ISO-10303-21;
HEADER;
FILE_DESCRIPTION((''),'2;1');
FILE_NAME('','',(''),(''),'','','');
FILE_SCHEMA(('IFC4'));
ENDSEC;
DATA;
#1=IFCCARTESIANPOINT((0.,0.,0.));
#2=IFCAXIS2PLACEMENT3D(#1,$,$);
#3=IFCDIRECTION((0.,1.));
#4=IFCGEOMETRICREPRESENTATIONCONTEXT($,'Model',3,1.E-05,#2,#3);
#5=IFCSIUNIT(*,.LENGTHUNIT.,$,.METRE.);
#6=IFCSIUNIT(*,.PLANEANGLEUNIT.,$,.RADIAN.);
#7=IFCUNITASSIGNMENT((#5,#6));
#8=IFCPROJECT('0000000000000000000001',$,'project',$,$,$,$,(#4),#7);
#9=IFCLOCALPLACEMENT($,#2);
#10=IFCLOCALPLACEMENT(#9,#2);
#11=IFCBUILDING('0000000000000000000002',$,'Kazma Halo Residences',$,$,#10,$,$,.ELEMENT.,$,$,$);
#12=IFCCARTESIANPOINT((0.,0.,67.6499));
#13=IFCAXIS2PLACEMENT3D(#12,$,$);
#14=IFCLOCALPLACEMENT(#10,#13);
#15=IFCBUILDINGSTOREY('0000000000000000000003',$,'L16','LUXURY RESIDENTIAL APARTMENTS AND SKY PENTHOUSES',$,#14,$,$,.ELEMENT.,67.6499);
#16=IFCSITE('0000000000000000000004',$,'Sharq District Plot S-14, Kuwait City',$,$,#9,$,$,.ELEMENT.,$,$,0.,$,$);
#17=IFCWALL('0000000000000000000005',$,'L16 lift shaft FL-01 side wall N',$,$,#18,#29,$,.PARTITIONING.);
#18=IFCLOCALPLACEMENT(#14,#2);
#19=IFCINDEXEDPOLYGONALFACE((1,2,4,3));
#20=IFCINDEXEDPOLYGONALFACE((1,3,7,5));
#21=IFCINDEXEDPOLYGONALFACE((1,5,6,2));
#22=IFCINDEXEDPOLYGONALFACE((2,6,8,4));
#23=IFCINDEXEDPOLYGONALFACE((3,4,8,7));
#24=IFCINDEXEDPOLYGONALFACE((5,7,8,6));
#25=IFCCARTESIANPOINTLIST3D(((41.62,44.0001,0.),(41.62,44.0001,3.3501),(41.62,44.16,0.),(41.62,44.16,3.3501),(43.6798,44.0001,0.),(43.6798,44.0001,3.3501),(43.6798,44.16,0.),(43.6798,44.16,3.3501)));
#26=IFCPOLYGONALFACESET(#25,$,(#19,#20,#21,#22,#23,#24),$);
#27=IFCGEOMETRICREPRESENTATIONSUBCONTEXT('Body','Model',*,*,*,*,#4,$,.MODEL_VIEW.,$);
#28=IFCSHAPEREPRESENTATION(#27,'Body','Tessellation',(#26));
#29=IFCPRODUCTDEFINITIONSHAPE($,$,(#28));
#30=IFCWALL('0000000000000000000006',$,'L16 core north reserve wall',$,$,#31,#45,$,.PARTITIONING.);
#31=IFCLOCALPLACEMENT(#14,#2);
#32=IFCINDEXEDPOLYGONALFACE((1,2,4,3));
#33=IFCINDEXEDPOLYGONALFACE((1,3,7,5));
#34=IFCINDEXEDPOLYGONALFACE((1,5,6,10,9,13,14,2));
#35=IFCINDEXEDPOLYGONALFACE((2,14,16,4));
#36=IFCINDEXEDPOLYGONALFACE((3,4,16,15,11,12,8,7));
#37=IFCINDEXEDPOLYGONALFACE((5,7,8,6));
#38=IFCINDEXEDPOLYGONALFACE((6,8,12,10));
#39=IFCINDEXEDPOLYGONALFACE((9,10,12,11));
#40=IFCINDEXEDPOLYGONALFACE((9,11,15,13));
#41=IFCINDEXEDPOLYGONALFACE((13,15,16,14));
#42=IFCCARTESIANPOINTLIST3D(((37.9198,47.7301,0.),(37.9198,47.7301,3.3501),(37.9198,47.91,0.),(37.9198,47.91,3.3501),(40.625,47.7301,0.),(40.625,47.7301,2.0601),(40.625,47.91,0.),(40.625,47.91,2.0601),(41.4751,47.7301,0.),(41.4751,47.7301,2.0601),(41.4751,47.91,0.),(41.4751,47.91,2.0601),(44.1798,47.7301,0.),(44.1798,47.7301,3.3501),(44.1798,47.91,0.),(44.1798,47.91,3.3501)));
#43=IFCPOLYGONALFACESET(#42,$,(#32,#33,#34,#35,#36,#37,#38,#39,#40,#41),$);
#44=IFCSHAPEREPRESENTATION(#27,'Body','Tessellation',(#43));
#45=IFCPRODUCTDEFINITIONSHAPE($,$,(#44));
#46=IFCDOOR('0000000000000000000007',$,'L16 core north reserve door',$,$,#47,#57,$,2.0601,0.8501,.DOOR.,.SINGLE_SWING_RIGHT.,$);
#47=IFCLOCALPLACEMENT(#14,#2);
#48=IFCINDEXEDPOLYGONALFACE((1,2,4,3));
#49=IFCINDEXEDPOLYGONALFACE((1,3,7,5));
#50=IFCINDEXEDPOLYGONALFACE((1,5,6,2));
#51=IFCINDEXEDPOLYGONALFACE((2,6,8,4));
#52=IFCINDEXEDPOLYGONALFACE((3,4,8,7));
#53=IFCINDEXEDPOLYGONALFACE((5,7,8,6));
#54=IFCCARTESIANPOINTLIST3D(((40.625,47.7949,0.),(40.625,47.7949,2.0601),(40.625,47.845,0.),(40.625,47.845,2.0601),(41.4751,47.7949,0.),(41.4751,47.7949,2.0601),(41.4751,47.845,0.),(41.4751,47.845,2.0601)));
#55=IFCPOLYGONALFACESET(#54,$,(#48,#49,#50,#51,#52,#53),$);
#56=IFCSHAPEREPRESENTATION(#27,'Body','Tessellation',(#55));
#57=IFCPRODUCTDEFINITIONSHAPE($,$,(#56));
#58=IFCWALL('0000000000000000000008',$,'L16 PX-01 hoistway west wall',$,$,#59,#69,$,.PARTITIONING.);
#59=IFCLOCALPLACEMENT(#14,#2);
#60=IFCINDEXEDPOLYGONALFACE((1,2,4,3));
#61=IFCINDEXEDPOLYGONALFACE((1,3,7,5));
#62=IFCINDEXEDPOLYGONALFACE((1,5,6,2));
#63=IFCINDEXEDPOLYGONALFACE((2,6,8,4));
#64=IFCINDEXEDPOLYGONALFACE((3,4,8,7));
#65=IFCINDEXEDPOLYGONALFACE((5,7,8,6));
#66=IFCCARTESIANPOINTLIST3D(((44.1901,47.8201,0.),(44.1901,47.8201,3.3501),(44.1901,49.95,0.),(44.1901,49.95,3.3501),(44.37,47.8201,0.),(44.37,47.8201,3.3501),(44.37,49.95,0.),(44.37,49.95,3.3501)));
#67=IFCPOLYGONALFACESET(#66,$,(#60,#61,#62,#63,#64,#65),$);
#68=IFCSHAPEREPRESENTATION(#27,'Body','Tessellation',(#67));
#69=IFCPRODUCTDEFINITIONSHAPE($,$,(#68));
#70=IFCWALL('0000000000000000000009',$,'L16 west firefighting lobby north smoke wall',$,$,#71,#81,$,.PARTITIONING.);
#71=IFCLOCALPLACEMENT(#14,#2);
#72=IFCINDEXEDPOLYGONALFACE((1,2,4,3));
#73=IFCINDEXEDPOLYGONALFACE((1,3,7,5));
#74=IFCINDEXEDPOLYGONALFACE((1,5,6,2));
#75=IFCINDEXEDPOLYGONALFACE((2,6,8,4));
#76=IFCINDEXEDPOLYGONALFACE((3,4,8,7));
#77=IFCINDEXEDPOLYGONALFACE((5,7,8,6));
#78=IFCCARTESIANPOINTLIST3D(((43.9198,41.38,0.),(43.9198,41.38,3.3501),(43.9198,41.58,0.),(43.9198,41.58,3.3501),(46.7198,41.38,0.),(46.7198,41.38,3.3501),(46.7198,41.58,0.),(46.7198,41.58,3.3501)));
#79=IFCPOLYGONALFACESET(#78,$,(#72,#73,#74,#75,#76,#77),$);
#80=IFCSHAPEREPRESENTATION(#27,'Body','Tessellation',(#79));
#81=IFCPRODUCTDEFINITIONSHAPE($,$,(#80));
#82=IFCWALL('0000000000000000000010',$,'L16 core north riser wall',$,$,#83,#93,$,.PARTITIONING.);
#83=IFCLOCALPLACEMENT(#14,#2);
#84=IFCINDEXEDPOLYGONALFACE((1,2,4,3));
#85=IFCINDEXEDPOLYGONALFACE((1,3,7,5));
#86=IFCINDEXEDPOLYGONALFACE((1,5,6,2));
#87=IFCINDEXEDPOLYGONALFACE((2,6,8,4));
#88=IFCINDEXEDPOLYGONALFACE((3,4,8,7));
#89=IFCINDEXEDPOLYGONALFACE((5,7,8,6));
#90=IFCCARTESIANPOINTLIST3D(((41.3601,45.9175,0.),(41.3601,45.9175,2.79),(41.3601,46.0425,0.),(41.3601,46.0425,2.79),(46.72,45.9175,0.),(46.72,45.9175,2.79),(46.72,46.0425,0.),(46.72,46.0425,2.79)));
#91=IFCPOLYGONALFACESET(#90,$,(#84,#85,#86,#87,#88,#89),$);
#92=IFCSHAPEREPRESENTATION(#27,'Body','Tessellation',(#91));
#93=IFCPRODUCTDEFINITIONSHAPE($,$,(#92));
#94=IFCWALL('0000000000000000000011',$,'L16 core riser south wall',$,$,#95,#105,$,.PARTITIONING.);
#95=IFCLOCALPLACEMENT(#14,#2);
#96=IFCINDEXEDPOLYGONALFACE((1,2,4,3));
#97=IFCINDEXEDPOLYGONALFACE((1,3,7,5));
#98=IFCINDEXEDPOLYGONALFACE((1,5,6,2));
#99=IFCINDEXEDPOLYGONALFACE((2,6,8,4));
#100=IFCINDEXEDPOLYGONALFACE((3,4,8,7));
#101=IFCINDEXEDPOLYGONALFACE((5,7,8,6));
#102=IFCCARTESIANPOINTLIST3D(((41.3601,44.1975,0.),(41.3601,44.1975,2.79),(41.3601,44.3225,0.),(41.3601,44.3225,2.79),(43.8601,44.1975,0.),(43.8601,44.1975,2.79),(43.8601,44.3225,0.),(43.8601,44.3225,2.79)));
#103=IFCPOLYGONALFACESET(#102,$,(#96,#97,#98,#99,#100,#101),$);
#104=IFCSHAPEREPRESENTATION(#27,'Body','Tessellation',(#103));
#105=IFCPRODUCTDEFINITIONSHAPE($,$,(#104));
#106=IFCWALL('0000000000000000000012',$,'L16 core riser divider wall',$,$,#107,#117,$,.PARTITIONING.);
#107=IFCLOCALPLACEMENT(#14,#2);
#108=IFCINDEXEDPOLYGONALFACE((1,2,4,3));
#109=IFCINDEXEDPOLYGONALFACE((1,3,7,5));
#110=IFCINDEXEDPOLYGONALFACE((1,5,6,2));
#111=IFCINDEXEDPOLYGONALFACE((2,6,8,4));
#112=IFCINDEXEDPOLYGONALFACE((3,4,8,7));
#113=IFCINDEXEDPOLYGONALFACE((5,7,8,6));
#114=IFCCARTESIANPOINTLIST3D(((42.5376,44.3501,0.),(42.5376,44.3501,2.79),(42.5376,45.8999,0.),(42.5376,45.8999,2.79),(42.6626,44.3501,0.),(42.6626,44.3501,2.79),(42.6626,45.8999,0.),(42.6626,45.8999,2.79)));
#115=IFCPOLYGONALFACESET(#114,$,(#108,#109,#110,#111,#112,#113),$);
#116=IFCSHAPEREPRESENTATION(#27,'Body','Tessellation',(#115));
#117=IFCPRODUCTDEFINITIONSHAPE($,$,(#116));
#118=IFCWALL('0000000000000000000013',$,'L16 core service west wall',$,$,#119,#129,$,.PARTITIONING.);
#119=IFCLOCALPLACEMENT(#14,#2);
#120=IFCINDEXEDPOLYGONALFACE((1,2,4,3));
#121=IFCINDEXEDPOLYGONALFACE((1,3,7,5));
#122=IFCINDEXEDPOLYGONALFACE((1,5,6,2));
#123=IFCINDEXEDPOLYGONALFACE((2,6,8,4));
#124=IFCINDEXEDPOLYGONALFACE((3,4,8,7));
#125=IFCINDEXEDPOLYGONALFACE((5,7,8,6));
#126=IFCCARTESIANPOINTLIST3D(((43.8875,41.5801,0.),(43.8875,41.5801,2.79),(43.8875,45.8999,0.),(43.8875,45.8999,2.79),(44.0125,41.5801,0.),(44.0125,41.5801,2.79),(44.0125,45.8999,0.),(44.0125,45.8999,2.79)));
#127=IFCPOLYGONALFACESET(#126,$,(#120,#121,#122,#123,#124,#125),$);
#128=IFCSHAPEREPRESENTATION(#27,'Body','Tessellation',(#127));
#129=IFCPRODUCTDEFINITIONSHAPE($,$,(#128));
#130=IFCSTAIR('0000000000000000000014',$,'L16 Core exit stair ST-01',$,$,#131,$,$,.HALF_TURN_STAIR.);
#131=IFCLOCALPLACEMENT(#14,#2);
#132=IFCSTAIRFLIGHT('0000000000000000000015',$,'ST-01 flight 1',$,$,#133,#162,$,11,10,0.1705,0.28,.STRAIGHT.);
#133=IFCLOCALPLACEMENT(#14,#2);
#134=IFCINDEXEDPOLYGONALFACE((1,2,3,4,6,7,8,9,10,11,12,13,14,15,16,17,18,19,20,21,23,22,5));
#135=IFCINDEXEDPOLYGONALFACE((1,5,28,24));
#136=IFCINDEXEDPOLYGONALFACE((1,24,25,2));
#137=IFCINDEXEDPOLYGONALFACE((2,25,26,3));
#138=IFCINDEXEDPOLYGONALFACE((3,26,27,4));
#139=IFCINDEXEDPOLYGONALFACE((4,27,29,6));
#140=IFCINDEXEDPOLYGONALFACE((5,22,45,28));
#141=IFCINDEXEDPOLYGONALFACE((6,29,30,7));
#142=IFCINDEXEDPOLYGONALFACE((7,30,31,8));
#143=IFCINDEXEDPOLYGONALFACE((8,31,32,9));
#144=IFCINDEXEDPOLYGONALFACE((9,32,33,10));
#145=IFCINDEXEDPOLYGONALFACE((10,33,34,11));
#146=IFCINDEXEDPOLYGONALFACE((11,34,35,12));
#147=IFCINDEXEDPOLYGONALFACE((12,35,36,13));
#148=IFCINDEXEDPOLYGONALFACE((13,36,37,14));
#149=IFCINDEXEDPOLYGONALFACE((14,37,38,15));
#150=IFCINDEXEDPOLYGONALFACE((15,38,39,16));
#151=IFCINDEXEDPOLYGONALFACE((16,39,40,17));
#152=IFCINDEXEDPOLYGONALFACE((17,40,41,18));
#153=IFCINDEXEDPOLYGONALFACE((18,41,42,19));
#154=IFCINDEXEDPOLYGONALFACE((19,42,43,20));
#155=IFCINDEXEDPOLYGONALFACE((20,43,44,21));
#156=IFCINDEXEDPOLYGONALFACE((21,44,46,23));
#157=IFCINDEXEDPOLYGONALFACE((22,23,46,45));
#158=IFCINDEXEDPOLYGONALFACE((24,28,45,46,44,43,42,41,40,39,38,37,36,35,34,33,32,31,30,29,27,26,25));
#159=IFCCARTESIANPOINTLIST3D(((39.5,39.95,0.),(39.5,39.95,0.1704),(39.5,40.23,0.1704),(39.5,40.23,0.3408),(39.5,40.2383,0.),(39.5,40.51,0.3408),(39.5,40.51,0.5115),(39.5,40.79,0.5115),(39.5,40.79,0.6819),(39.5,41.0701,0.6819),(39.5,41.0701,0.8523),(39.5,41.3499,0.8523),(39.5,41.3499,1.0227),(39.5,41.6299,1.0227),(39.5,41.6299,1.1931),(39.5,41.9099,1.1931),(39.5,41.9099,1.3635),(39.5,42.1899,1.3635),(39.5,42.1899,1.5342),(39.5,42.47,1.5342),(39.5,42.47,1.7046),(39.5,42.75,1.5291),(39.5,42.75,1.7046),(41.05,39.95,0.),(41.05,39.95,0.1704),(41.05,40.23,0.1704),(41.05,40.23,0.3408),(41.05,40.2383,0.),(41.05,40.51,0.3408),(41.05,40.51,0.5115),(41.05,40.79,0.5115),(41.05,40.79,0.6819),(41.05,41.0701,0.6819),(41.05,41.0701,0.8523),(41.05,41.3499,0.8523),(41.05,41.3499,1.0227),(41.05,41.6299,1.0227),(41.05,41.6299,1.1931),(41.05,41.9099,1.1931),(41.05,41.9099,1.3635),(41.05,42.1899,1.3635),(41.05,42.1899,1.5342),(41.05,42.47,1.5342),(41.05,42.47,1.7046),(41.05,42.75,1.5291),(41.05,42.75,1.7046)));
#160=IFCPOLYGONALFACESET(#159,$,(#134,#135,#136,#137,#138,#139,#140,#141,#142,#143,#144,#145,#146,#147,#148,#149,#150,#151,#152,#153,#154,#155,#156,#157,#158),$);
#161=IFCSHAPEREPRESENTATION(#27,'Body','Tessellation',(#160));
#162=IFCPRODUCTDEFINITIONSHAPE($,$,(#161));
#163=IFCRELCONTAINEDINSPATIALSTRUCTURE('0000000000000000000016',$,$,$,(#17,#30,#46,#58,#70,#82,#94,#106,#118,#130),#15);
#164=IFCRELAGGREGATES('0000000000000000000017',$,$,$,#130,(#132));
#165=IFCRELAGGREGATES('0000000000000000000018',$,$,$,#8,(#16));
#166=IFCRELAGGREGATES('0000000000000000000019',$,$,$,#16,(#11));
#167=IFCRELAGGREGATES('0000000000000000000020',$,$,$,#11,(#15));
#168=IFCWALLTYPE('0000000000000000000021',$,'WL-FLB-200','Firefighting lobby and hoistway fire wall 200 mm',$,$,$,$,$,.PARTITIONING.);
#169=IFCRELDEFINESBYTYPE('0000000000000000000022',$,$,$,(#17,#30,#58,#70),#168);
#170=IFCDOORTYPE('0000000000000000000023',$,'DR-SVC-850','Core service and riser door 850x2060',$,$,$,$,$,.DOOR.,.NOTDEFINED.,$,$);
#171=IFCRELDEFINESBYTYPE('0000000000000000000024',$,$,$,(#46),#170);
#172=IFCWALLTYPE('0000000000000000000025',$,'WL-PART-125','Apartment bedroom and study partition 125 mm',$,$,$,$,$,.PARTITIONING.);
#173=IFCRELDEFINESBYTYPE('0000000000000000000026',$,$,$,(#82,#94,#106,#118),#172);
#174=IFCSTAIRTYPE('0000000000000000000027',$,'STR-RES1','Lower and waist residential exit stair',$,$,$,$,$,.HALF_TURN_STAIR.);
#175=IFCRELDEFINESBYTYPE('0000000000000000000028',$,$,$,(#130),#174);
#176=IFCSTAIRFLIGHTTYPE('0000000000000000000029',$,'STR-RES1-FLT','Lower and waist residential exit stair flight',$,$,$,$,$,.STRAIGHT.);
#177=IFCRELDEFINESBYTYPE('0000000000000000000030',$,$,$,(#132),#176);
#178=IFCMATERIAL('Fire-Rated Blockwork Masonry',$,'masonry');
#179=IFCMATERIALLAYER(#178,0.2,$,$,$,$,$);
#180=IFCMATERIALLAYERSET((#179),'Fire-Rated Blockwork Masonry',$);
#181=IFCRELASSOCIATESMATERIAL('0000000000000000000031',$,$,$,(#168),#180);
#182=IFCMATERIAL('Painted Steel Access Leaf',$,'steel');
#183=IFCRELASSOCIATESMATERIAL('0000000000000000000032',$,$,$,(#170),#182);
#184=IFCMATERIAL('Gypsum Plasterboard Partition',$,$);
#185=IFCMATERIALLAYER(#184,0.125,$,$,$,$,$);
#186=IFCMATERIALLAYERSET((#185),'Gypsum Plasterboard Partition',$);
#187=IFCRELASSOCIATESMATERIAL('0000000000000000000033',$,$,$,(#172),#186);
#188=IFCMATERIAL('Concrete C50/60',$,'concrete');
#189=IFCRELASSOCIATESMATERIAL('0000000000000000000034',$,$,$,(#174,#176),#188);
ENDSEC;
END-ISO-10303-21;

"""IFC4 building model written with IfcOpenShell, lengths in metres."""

from ifc_helpers import new_model, si_unit, direction, frame, frame_2d, origin, place, context, subcontext, project, spatial, polyline, rectangle, outline, extrude, material, layer, layer_set, type_object, element, fill, aggregate, save


model = new_model("IFC4")

# Units and contexts
model_context = context("Model", 3, precision=1e-05, world=origin(), true_north=direction((0.0, 1.0)))
body_context = subcontext(model_context, "Body", "Model", "MODEL_VIEW")
ifc_project = project(units=[si_unit("LENGTHUNIT", "METRE"), si_unit("PLANEANGLEUNIT", "RADIAN")], contexts=[model_context])

# Site, building, storey
site_placement = place(None, origin())
site = spatial("IfcSite", under=ifc_project, at=site_placement, Name="Sharq District Plot S-14, Kuwait City", CompositionType="ELEMENT", RefElevation=0.0)
building_placement = place(site_placement, origin())
building = spatial("IfcBuilding", under=site, at=building_placement, Name="Kazma Halo Residences", CompositionType="ELEMENT")
storey_placement = place(building_placement, frame((0.0, 0.0, 67.6499)))
storey = spatial("IfcBuildingStorey", under=building, at=storey_placement, Name="L16", Description="LUXURY RESIDENTIAL APARTMENTS AND SKY PENTHOUSES", CompositionType="ELEMENT", Elevation=67.6499)

# Shared definitions
ifc_material_1 = material(Name="Fire-Rated Blockwork Masonry", Category="masonry")
ifc_layer_1 = layer(ifc_material_1, 0.2)
ifc_layer_set_1 = layer_set([ifc_layer_1], Name="Fire-Rated Blockwork Masonry")
wall_type_1 = type_object("IfcWallType", Name="WL-FLB-200", Description="Firefighting lobby and hoistway fire wall 200 mm", PredefinedType="PARTITIONING", material=ifc_layer_set_1)

# Wall
wall_1_placement = place(storey_placement, frame((41.6201, 44.0801, 0.0), z_axis=(0.0, 0.0, 1.0), x_axis=(1.0, 0.0, 0.0)))
element("IfcWall", 1, at=wall_1_placement, inside=storey, type_object=wall_type_1, Name="L16 lift shaft FL-01 side wall N", PredefinedType="PARTITIONING", context=body_context, shape_type="SweptSolid", body=[
    extrude(rectangle(XDim=2.0598, YDim=0.1599, at=frame_2d((1.0298, 0.0))), origin(), (0.0, 0.0, 1.0), 3.3501),
])

# Wall, opening, door
wall_2_placement = place(storey_placement, frame((37.9199, 47.8201, 0.0), z_axis=(0.0, 0.0, 1.0), x_axis=(1.0, 0.0, 0.0)))
wall_2 = element("IfcWall", 2, at=wall_2_placement, inside=storey, type_object=wall_type_1, Name="L16 core north reserve wall", PredefinedType="PARTITIONING", context=body_context, shape_type="SweptSolid", body=[
    extrude(rectangle(XDim=6.26, YDim=0.1799, at=frame_2d((3.1299, 0.0))), origin(), (0.0, 0.0, 1.0), 3.3501),
])
opening_1_placement = place(wall_2_placement, frame((2.7051, 0.0, 0.0)))
opening_1 = element("IfcOpeningElement", 3, at=opening_1_placement, cuts=wall_2, PredefinedType="OPENING", context=body_context, shape_type="SweptSolid", body=[
    extrude(rectangle(XDim=0.8501, YDim=2.0601, at=frame_2d((0.425, 1.03))), frame((0.0, 0.0999, 0.0), z_axis=(0.0, -1.0, 0.0), x_axis=(1.0, 0.0, 0.0)), (0.0, 0.0, 1.0), 0.2),
])
ifc_material_2 = material(Name="Painted Steel Access Leaf", Category="steel")
door_type_1 = type_object("IfcDoorType", Name="DR-SVC-850", Description="Core service and riser door 850x2060", OperationType="NOTDEFINED", PredefinedType="DOOR", material=ifc_material_2)
door_1_placement = place(opening_1_placement, origin())
door_1 = element("IfcDoor", 4, at=door_1_placement, inside=storey, type_object=door_type_1, Name="L16 core north reserve door", OperationType="SINGLE_SWING_RIGHT", OverallHeight=2.0601, OverallWidth=0.8501, PredefinedType="DOOR", context=body_context, shape_type="SweptSolid", body=[
    extrude(rectangle(XDim=0.8501, YDim=2.0601, at=frame_2d((0.425, 1.03))), frame((0.0, 0.0249, 0.0), z_axis=(0.0, -1.0, 0.0), x_axis=(1.0, 0.0, 0.0)), (0.0, 0.0, 1.0), 0.05),
])
fill(opening_1, door_1)

# Walls
wall_3_placement = place(storey_placement, frame((44.28, 47.8201, 0.0), z_axis=(0.0, 0.0, 1.0), x_axis=(0.0, 1.0, 0.0)))
element("IfcWall", 5, at=wall_3_placement, inside=storey, type_object=wall_type_1, Name="L16 PX-01 hoistway west wall", PredefinedType="PARTITIONING", context=body_context, shape_type="SweptSolid", body=[
    extrude(rectangle(XDim=2.1299, YDim=0.1799, at=frame_2d((1.0649, 0.0))), origin(), (0.0, 0.0, 1.0), 3.3501),
])
wall_4_placement = place(storey_placement, frame((43.9199, 41.48, 0.0), z_axis=(0.0, 0.0, 1.0), x_axis=(1.0, 0.0, 0.0)))
element("IfcWall", 6, at=wall_4_placement, inside=storey, type_object=wall_type_1, Name="L16 west firefighting lobby north smoke wall", PredefinedType="PARTITIONING", context=body_context, shape_type="SweptSolid", body=[
    extrude(rectangle(XDim=2.8, YDim=0.2, at=frame_2d((1.3999, 0.0))), origin(), (0.0, 0.0, 1.0), 3.3501),
])
ifc_material_3 = material(Name="Gypsum Plasterboard Partition")
ifc_layer_2 = layer(ifc_material_3, 0.125)
ifc_layer_set_2 = layer_set([ifc_layer_2], Name="Gypsum Plasterboard Partition")
wall_type_2 = type_object("IfcWallType", Name="WL-PART-125", Description="Apartment bedroom and study partition 125 mm", PredefinedType="PARTITIONING", material=ifc_layer_set_2)
wall_5_placement = place(storey_placement, frame((41.3601, 45.98, 0.0), z_axis=(0.0, 0.0, 1.0), x_axis=(1.0, 0.0, 0.0)))
element("IfcWall", 7, at=wall_5_placement, inside=storey, type_object=wall_type_2, Name="L16 core north riser wall", PredefinedType="PARTITIONING", context=body_context, shape_type="SweptSolid", body=[
    extrude(rectangle(XDim=5.3599, YDim=0.125, at=frame_2d((2.6799, 0.0))), origin(), (0.0, 0.0, 1.0), 2.79),
])
wall_6_placement = place(storey_placement, frame((41.3601, 44.26, 0.0), z_axis=(0.0, 0.0, 1.0), x_axis=(1.0, 0.0, 0.0)))
element("IfcWall", 8, at=wall_6_placement, inside=storey, type_object=wall_type_2, Name="L16 core riser south wall", PredefinedType="PARTITIONING", context=body_context, shape_type="SweptSolid", body=[
    extrude(rectangle(XDim=2.5, YDim=0.125, at=frame_2d((1.25, 0.0))), origin(), (0.0, 0.0, 1.0), 2.79),
])
wall_7_placement = place(storey_placement, frame((42.6001, 44.3501, 0.0), z_axis=(0.0, 0.0, 1.0), x_axis=(0.0, 1.0, 0.0)))
element("IfcWall", 9, at=wall_7_placement, inside=storey, type_object=wall_type_2, Name="L16 core riser divider wall", PredefinedType="PARTITIONING", context=body_context, shape_type="SweptSolid", body=[
    extrude(rectangle(XDim=1.5498, YDim=0.125, at=frame_2d((0.7749, 0.0))), origin(), (0.0, 0.0, 1.0), 2.79),
])
wall_8_placement = place(storey_placement, frame((43.95, 41.5801, 0.0), z_axis=(0.0, 0.0, 1.0), x_axis=(0.0, 1.0, 0.0)))
element("IfcWall", 10, at=wall_8_placement, inside=storey, type_object=wall_type_2, Name="L16 core service west wall", PredefinedType="PARTITIONING", context=body_context, shape_type="SweptSolid", body=[
    extrude(rectangle(XDim=4.3198, YDim=0.125, at=frame_2d((2.1599, 0.0))), origin(), (0.0, 0.0, 1.0), 2.79),
])

# Stair, stair flight
ifc_material_4 = material(Name="Concrete C50/60", Category="concrete")
stair_type = type_object("IfcStairType", Name="STR-RES1", Description="Lower and waist residential exit stair", PredefinedType="HALF_TURN_STAIR", material=ifc_material_4)
stair_placement = place(storey_placement, origin())
stair = element("IfcStair", 11, at=stair_placement, inside=storey, type_object=stair_type, Name="L16 Core exit stair ST-01", PredefinedType="HALF_TURN_STAIR")
stair_flight_type = type_object("IfcStairFlightType", Name="STR-RES1-FLT", Description="Lower and waist residential exit stair flight", PredefinedType="STRAIGHT", material=ifc_material_4)
stair_flight_1_placement = place(storey_placement, frame((40.2749, 39.95, 0.0), z_axis=(0.0, 0.0, 1.0), x_axis=(0.0, 1.0, 0.0)))
stair_flight_1 = element("IfcStairFlight", 12, at=stair_flight_1_placement, type_object=stair_flight_type, Name="ST-01 flight 1", NumberOfRisers=11, NumberOfTreads=10, PredefinedType="STRAIGHT", RiserHeight=0.1705, TreadLength=0.28, context=body_context, shape_type="SweptSolid", body=[
    extrude(outline(polyline([(0.0, 0.0), (0.0, 0.1704), (0.28, 0.1704), (0.28, 0.3408), (0.5601, 0.3408), (0.5601, 0.5115), (0.8401, 0.5115), (0.8401, 0.6819), (1.1201, 0.6819), (1.1201, 0.8523), (1.3999, 0.8523), (1.3999, 1.0227), (1.6799, 1.0227), (1.6799, 1.1931), (1.96, 1.1931), (1.96, 1.3635), (2.24, 1.3635), (2.24, 1.5342), (2.52, 1.5342), (2.52, 1.7046), (2.8, 1.7046), (2.8, 1.875), (2.8, 1.5291), (0.2883, 0.0), (0.0, 0.0)])), frame((0.0, 0.7749, 0.0), z_axis=(0.0, -1.0, 0.0), x_axis=(1.0, 0.0, 0.0)), (0.0, 0.0, 1.0), 1.55),
])
aggregate(stair, [stair_flight_1])

save(model, "model.ifc")
